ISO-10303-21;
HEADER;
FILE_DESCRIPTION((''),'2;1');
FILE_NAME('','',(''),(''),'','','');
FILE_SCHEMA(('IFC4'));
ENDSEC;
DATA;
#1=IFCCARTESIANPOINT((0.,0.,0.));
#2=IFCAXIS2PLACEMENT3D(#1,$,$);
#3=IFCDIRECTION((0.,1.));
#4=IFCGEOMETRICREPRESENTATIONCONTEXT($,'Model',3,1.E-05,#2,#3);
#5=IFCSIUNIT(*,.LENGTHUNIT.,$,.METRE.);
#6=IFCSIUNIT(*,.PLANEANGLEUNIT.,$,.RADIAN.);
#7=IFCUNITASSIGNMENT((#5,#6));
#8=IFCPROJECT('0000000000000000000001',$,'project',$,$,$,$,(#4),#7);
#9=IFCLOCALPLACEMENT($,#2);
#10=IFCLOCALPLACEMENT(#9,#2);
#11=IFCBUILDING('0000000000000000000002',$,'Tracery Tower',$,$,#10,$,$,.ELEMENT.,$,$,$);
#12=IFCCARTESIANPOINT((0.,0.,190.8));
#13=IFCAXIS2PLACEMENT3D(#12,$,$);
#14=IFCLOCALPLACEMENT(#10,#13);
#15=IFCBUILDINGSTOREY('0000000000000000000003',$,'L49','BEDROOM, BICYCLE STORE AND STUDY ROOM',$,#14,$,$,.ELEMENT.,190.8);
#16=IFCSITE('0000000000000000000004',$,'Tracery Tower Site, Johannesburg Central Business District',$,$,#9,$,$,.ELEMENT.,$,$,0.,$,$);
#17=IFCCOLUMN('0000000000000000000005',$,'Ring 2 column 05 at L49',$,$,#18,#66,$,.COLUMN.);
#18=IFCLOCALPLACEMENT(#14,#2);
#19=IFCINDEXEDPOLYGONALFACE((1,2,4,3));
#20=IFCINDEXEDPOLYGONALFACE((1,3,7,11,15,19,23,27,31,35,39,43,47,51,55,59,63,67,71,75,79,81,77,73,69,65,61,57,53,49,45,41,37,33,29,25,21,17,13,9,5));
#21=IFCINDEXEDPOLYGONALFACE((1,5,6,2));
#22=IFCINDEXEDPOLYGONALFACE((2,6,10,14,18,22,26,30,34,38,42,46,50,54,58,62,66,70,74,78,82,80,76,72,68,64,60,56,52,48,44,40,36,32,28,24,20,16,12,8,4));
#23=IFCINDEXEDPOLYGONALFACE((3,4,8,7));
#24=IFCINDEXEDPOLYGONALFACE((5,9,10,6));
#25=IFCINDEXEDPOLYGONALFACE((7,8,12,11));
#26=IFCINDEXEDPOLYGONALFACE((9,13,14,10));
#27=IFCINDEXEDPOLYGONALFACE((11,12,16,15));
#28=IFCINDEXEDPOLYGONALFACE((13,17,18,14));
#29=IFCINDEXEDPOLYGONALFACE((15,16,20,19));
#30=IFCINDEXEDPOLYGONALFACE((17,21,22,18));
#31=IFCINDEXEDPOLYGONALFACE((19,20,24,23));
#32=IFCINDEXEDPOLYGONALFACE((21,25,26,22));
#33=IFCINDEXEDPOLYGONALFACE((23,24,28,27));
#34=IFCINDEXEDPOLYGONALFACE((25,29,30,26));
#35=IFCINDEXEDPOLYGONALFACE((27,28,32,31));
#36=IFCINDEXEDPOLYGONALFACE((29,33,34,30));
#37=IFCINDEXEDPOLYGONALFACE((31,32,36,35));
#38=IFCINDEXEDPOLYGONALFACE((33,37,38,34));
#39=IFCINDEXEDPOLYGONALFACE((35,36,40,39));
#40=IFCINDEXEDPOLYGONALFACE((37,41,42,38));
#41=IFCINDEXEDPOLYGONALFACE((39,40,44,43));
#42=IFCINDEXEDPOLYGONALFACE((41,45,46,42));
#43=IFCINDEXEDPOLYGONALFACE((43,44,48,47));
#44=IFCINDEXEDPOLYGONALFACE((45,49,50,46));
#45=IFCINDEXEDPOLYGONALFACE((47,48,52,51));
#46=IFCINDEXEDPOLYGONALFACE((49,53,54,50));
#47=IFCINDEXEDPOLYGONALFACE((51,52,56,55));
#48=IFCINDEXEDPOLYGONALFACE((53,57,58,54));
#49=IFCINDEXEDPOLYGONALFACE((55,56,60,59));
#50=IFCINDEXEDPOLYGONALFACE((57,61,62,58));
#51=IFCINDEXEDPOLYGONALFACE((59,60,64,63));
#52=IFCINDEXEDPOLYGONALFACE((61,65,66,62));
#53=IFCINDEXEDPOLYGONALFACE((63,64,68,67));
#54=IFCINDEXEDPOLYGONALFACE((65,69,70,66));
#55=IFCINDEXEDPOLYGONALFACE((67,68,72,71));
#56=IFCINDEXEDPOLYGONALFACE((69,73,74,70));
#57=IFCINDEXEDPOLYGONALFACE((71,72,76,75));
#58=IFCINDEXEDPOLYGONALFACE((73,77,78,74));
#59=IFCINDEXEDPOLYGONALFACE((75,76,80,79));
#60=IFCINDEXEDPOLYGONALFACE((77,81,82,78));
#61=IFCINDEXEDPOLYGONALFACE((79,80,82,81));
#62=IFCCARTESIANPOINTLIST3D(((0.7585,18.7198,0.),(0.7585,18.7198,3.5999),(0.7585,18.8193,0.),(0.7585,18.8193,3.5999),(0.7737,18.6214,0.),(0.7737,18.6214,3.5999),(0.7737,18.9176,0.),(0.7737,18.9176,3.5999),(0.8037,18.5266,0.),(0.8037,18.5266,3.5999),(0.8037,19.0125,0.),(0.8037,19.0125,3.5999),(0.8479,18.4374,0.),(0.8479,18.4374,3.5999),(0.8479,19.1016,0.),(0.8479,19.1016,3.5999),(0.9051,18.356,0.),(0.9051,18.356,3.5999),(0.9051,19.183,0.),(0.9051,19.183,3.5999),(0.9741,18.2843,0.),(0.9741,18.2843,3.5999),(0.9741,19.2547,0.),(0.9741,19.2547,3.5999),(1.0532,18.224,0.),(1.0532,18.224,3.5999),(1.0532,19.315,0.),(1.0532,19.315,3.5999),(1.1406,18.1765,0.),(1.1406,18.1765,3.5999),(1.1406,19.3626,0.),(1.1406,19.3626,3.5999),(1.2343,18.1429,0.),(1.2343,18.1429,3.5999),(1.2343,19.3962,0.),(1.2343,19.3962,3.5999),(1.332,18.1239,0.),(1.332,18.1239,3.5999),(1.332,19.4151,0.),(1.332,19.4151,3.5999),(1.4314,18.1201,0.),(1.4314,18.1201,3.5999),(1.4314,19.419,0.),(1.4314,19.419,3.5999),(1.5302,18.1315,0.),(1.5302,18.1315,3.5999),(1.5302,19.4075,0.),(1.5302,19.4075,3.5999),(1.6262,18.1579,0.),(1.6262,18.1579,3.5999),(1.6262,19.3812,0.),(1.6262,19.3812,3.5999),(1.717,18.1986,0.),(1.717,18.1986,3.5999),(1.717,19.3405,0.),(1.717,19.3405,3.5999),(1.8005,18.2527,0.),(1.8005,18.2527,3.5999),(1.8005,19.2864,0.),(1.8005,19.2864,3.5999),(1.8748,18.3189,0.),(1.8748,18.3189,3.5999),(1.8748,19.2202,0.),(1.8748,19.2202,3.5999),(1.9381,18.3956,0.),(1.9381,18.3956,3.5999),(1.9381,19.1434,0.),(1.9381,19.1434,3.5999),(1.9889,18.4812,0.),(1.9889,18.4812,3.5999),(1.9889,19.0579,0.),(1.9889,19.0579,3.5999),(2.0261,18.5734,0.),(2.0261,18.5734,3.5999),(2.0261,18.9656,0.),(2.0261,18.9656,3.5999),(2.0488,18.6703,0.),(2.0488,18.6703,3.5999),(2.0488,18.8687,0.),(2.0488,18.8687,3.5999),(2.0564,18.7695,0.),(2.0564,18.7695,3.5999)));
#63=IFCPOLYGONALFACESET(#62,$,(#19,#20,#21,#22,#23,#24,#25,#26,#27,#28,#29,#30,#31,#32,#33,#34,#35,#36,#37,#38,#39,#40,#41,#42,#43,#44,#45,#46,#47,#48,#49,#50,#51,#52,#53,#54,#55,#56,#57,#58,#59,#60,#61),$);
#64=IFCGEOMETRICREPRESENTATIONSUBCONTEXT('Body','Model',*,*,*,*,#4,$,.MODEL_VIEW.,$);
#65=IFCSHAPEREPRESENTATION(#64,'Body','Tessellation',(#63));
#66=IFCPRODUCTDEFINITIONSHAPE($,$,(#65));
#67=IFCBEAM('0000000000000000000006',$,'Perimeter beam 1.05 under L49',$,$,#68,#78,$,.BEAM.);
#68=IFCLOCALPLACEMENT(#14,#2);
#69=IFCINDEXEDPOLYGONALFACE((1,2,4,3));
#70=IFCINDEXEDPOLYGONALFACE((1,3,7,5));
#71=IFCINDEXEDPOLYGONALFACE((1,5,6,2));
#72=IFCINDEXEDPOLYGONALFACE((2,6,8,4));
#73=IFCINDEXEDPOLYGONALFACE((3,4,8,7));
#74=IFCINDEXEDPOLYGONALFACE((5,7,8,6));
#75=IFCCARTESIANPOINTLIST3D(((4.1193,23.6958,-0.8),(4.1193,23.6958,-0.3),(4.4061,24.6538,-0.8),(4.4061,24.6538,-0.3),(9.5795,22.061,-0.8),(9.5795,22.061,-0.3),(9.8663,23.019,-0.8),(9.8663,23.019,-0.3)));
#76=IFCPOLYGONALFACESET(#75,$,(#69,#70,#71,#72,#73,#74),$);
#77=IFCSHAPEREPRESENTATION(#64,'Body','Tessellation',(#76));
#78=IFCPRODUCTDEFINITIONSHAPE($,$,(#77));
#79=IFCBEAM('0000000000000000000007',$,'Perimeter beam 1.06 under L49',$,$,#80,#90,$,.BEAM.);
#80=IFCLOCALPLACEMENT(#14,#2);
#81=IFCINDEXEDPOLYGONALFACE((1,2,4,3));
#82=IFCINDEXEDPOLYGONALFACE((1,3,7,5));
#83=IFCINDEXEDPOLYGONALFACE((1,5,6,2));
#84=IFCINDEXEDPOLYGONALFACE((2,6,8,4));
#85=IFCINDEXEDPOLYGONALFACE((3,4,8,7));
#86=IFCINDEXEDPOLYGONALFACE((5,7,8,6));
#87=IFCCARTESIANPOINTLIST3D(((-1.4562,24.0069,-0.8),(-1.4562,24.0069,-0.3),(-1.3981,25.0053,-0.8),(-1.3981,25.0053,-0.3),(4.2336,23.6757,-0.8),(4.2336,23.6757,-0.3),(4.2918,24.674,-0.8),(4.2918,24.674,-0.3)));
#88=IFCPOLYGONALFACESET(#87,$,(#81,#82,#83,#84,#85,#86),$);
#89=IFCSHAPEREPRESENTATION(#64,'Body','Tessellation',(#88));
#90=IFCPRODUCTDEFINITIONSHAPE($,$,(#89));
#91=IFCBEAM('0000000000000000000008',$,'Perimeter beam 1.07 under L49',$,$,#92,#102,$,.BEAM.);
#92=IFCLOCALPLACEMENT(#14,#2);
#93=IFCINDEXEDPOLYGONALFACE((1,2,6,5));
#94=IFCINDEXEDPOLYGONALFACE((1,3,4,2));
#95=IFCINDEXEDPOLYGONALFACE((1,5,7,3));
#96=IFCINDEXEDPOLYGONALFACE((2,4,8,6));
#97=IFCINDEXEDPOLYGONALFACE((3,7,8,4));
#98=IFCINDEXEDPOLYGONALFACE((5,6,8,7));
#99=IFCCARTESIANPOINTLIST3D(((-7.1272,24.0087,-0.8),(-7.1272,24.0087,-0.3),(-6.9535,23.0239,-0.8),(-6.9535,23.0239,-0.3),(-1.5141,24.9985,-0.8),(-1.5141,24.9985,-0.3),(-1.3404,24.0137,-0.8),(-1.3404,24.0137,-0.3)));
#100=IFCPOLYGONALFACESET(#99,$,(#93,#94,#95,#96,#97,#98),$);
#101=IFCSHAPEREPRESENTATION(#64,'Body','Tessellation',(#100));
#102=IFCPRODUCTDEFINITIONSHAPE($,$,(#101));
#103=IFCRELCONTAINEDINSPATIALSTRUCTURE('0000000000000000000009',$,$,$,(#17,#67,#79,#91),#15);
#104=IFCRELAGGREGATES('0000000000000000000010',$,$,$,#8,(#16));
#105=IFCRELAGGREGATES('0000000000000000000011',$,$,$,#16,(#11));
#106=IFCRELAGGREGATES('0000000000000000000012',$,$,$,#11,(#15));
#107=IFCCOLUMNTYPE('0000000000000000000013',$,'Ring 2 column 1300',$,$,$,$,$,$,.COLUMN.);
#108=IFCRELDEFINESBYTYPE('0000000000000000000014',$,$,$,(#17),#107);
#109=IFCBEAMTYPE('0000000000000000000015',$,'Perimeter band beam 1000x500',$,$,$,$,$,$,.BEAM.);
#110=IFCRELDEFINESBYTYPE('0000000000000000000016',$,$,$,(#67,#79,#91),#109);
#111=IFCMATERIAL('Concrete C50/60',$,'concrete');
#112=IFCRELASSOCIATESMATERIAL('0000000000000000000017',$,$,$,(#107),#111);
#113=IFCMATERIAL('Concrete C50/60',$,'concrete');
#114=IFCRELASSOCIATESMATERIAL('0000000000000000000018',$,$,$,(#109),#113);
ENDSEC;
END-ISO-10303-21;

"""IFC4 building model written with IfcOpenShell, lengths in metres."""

from ifc_helpers import new_model, si_unit, direction, frame, origin, origin_2d, place, context, subcontext, project, spatial, rectangle, circle, extrude, material, material_profile, profile_set, type_object, element, save


model = new_model("IFC4")

# Units and contexts
model_context = context("Model", 3, precision=1e-05, world=origin(), true_north=direction((0.0, 1.0)))
body_context = subcontext(model_context, "Body", "Model", "MODEL_VIEW")
ifc_project = project(units=[si_unit("LENGTHUNIT", "METRE"), si_unit("PLANEANGLEUNIT", "RADIAN")], contexts=[model_context])

# Site, building, storey
site_placement = place(None, origin())
site = spatial("IfcSite", under=ifc_project, at=site_placement, Name="Tracery Tower Site, Johannesburg Central Business District", CompositionType="ELEMENT", RefElevation=0.0)
building_placement = place(site_placement, origin())
building = spatial("IfcBuilding", under=site, at=building_placement, Name="Tracery Tower", CompositionType="ELEMENT")
storey_placement = place(building_placement, frame((0.0, 0.0, 190.8)))
storey = spatial("IfcBuildingStorey", under=building, at=storey_placement, Name="L49", Description="BEDROOM, BICYCLE STORE AND STUDY ROOM", CompositionType="ELEMENT", Elevation=190.8)

# Column
ifc_material_1 = material(Name="Concrete C50/60", Category="concrete")
ifc_material_profile_1 = material_profile(ifc_material_1, circle(Radius=0.6499, at=origin_2d()), Name="RC D1300")
ifc_profile_set_1 = profile_set([ifc_material_profile_1], Name="Concrete C50/60")
column_type_1 = type_object("IfcColumnType", Name="Ring 2 column 1300", PredefinedType="COLUMN", material=ifc_profile_set_1)
for number, where, z_axis, x_axis, name in (
    (1, (1.4065, 18.7695, 0.0), (0.0, 0.0, 1.0), (1.0, 0.0, 0.0), "Ring 2 column 05 at L49"),
):
    element("IfcColumn", number, at=place(storey_placement, frame(where, z_axis=z_axis, x_axis=x_axis)), inside=storey, type_object=column_type_1, Name=name, PredefinedType="COLUMN", context=body_context, shape_type="SweptSolid", body=[
        extrude(circle(Radius=0.6499, at=origin_2d()), origin(), (0.0, 0.0, 1.0), 3.5999),
    ])

# Beams
ifc_material_2 = material(Name="Concrete C50/60", Category="concrete")
ifc_material_profile_2 = material_profile(ifc_material_2, rectangle(XDim=1.0, YDim=0.5, at=origin_2d()), Name="RC 1000x500")
ifc_profile_set_2 = profile_set([ifc_material_profile_2], Name="Concrete C50/60")
beam_type = type_object("IfcBeamType", Name="Perimeter band beam 1000x500", PredefinedType="BEAM", material=ifc_profile_set_2)
beam_1_placement = place(storey_placement, frame((9.7229, 22.54, -0.55), z_axis=(-0.957985, 0.286817, 0.0), x_axis=(-0.286817, -0.957985, 0.0)))
element("IfcBeam", 2, at=beam_1_placement, inside=storey, type_object=beam_type, Name="Perimeter beam 1.05 under L49", PredefinedType="BEAM", context=body_context, shape_type="SweptSolid", body=[
    extrude(rectangle(XDim=1.0, YDim=0.5, at=origin_2d()), origin(), (0.0, 0.0, 1.0), 5.6997),
])
beam_2_placement = place(storey_placement, frame((4.2627, 24.1748, -0.55), z_axis=(-0.998309, 0.058127, 0.0), x_axis=(-0.058127, -0.998309, 0.0)))
element("IfcBeam", 3, at=beam_2_placement, inside=storey, type_object=beam_type, Name="Perimeter beam 1.06 under L49", PredefinedType="BEAM", context=body_context, shape_type="SweptSolid", body=[
    extrude(rectangle(XDim=1.0, YDim=0.5, at=origin_2d()), origin(), (0.0, 0.0, 1.0), 5.6995),
])
beam_3_placement = place(storey_placement, frame((-1.4272, 24.5061, -0.55), z_axis=(-0.984807, -0.173651, 0.0), x_axis=(0.173651, -0.984807, 0.0)))
element("IfcBeam", 4, at=beam_3_placement, inside=storey, type_object=beam_type, Name="Perimeter beam 1.07 under L49", PredefinedType="BEAM", context=body_context, shape_type="SweptSolid", body=[
    extrude(rectangle(XDim=1.0, YDim=0.5, at=origin_2d()), origin(), (0.0, 0.0, 1.0), 5.6997),
])

save(model, "model.ifc")
